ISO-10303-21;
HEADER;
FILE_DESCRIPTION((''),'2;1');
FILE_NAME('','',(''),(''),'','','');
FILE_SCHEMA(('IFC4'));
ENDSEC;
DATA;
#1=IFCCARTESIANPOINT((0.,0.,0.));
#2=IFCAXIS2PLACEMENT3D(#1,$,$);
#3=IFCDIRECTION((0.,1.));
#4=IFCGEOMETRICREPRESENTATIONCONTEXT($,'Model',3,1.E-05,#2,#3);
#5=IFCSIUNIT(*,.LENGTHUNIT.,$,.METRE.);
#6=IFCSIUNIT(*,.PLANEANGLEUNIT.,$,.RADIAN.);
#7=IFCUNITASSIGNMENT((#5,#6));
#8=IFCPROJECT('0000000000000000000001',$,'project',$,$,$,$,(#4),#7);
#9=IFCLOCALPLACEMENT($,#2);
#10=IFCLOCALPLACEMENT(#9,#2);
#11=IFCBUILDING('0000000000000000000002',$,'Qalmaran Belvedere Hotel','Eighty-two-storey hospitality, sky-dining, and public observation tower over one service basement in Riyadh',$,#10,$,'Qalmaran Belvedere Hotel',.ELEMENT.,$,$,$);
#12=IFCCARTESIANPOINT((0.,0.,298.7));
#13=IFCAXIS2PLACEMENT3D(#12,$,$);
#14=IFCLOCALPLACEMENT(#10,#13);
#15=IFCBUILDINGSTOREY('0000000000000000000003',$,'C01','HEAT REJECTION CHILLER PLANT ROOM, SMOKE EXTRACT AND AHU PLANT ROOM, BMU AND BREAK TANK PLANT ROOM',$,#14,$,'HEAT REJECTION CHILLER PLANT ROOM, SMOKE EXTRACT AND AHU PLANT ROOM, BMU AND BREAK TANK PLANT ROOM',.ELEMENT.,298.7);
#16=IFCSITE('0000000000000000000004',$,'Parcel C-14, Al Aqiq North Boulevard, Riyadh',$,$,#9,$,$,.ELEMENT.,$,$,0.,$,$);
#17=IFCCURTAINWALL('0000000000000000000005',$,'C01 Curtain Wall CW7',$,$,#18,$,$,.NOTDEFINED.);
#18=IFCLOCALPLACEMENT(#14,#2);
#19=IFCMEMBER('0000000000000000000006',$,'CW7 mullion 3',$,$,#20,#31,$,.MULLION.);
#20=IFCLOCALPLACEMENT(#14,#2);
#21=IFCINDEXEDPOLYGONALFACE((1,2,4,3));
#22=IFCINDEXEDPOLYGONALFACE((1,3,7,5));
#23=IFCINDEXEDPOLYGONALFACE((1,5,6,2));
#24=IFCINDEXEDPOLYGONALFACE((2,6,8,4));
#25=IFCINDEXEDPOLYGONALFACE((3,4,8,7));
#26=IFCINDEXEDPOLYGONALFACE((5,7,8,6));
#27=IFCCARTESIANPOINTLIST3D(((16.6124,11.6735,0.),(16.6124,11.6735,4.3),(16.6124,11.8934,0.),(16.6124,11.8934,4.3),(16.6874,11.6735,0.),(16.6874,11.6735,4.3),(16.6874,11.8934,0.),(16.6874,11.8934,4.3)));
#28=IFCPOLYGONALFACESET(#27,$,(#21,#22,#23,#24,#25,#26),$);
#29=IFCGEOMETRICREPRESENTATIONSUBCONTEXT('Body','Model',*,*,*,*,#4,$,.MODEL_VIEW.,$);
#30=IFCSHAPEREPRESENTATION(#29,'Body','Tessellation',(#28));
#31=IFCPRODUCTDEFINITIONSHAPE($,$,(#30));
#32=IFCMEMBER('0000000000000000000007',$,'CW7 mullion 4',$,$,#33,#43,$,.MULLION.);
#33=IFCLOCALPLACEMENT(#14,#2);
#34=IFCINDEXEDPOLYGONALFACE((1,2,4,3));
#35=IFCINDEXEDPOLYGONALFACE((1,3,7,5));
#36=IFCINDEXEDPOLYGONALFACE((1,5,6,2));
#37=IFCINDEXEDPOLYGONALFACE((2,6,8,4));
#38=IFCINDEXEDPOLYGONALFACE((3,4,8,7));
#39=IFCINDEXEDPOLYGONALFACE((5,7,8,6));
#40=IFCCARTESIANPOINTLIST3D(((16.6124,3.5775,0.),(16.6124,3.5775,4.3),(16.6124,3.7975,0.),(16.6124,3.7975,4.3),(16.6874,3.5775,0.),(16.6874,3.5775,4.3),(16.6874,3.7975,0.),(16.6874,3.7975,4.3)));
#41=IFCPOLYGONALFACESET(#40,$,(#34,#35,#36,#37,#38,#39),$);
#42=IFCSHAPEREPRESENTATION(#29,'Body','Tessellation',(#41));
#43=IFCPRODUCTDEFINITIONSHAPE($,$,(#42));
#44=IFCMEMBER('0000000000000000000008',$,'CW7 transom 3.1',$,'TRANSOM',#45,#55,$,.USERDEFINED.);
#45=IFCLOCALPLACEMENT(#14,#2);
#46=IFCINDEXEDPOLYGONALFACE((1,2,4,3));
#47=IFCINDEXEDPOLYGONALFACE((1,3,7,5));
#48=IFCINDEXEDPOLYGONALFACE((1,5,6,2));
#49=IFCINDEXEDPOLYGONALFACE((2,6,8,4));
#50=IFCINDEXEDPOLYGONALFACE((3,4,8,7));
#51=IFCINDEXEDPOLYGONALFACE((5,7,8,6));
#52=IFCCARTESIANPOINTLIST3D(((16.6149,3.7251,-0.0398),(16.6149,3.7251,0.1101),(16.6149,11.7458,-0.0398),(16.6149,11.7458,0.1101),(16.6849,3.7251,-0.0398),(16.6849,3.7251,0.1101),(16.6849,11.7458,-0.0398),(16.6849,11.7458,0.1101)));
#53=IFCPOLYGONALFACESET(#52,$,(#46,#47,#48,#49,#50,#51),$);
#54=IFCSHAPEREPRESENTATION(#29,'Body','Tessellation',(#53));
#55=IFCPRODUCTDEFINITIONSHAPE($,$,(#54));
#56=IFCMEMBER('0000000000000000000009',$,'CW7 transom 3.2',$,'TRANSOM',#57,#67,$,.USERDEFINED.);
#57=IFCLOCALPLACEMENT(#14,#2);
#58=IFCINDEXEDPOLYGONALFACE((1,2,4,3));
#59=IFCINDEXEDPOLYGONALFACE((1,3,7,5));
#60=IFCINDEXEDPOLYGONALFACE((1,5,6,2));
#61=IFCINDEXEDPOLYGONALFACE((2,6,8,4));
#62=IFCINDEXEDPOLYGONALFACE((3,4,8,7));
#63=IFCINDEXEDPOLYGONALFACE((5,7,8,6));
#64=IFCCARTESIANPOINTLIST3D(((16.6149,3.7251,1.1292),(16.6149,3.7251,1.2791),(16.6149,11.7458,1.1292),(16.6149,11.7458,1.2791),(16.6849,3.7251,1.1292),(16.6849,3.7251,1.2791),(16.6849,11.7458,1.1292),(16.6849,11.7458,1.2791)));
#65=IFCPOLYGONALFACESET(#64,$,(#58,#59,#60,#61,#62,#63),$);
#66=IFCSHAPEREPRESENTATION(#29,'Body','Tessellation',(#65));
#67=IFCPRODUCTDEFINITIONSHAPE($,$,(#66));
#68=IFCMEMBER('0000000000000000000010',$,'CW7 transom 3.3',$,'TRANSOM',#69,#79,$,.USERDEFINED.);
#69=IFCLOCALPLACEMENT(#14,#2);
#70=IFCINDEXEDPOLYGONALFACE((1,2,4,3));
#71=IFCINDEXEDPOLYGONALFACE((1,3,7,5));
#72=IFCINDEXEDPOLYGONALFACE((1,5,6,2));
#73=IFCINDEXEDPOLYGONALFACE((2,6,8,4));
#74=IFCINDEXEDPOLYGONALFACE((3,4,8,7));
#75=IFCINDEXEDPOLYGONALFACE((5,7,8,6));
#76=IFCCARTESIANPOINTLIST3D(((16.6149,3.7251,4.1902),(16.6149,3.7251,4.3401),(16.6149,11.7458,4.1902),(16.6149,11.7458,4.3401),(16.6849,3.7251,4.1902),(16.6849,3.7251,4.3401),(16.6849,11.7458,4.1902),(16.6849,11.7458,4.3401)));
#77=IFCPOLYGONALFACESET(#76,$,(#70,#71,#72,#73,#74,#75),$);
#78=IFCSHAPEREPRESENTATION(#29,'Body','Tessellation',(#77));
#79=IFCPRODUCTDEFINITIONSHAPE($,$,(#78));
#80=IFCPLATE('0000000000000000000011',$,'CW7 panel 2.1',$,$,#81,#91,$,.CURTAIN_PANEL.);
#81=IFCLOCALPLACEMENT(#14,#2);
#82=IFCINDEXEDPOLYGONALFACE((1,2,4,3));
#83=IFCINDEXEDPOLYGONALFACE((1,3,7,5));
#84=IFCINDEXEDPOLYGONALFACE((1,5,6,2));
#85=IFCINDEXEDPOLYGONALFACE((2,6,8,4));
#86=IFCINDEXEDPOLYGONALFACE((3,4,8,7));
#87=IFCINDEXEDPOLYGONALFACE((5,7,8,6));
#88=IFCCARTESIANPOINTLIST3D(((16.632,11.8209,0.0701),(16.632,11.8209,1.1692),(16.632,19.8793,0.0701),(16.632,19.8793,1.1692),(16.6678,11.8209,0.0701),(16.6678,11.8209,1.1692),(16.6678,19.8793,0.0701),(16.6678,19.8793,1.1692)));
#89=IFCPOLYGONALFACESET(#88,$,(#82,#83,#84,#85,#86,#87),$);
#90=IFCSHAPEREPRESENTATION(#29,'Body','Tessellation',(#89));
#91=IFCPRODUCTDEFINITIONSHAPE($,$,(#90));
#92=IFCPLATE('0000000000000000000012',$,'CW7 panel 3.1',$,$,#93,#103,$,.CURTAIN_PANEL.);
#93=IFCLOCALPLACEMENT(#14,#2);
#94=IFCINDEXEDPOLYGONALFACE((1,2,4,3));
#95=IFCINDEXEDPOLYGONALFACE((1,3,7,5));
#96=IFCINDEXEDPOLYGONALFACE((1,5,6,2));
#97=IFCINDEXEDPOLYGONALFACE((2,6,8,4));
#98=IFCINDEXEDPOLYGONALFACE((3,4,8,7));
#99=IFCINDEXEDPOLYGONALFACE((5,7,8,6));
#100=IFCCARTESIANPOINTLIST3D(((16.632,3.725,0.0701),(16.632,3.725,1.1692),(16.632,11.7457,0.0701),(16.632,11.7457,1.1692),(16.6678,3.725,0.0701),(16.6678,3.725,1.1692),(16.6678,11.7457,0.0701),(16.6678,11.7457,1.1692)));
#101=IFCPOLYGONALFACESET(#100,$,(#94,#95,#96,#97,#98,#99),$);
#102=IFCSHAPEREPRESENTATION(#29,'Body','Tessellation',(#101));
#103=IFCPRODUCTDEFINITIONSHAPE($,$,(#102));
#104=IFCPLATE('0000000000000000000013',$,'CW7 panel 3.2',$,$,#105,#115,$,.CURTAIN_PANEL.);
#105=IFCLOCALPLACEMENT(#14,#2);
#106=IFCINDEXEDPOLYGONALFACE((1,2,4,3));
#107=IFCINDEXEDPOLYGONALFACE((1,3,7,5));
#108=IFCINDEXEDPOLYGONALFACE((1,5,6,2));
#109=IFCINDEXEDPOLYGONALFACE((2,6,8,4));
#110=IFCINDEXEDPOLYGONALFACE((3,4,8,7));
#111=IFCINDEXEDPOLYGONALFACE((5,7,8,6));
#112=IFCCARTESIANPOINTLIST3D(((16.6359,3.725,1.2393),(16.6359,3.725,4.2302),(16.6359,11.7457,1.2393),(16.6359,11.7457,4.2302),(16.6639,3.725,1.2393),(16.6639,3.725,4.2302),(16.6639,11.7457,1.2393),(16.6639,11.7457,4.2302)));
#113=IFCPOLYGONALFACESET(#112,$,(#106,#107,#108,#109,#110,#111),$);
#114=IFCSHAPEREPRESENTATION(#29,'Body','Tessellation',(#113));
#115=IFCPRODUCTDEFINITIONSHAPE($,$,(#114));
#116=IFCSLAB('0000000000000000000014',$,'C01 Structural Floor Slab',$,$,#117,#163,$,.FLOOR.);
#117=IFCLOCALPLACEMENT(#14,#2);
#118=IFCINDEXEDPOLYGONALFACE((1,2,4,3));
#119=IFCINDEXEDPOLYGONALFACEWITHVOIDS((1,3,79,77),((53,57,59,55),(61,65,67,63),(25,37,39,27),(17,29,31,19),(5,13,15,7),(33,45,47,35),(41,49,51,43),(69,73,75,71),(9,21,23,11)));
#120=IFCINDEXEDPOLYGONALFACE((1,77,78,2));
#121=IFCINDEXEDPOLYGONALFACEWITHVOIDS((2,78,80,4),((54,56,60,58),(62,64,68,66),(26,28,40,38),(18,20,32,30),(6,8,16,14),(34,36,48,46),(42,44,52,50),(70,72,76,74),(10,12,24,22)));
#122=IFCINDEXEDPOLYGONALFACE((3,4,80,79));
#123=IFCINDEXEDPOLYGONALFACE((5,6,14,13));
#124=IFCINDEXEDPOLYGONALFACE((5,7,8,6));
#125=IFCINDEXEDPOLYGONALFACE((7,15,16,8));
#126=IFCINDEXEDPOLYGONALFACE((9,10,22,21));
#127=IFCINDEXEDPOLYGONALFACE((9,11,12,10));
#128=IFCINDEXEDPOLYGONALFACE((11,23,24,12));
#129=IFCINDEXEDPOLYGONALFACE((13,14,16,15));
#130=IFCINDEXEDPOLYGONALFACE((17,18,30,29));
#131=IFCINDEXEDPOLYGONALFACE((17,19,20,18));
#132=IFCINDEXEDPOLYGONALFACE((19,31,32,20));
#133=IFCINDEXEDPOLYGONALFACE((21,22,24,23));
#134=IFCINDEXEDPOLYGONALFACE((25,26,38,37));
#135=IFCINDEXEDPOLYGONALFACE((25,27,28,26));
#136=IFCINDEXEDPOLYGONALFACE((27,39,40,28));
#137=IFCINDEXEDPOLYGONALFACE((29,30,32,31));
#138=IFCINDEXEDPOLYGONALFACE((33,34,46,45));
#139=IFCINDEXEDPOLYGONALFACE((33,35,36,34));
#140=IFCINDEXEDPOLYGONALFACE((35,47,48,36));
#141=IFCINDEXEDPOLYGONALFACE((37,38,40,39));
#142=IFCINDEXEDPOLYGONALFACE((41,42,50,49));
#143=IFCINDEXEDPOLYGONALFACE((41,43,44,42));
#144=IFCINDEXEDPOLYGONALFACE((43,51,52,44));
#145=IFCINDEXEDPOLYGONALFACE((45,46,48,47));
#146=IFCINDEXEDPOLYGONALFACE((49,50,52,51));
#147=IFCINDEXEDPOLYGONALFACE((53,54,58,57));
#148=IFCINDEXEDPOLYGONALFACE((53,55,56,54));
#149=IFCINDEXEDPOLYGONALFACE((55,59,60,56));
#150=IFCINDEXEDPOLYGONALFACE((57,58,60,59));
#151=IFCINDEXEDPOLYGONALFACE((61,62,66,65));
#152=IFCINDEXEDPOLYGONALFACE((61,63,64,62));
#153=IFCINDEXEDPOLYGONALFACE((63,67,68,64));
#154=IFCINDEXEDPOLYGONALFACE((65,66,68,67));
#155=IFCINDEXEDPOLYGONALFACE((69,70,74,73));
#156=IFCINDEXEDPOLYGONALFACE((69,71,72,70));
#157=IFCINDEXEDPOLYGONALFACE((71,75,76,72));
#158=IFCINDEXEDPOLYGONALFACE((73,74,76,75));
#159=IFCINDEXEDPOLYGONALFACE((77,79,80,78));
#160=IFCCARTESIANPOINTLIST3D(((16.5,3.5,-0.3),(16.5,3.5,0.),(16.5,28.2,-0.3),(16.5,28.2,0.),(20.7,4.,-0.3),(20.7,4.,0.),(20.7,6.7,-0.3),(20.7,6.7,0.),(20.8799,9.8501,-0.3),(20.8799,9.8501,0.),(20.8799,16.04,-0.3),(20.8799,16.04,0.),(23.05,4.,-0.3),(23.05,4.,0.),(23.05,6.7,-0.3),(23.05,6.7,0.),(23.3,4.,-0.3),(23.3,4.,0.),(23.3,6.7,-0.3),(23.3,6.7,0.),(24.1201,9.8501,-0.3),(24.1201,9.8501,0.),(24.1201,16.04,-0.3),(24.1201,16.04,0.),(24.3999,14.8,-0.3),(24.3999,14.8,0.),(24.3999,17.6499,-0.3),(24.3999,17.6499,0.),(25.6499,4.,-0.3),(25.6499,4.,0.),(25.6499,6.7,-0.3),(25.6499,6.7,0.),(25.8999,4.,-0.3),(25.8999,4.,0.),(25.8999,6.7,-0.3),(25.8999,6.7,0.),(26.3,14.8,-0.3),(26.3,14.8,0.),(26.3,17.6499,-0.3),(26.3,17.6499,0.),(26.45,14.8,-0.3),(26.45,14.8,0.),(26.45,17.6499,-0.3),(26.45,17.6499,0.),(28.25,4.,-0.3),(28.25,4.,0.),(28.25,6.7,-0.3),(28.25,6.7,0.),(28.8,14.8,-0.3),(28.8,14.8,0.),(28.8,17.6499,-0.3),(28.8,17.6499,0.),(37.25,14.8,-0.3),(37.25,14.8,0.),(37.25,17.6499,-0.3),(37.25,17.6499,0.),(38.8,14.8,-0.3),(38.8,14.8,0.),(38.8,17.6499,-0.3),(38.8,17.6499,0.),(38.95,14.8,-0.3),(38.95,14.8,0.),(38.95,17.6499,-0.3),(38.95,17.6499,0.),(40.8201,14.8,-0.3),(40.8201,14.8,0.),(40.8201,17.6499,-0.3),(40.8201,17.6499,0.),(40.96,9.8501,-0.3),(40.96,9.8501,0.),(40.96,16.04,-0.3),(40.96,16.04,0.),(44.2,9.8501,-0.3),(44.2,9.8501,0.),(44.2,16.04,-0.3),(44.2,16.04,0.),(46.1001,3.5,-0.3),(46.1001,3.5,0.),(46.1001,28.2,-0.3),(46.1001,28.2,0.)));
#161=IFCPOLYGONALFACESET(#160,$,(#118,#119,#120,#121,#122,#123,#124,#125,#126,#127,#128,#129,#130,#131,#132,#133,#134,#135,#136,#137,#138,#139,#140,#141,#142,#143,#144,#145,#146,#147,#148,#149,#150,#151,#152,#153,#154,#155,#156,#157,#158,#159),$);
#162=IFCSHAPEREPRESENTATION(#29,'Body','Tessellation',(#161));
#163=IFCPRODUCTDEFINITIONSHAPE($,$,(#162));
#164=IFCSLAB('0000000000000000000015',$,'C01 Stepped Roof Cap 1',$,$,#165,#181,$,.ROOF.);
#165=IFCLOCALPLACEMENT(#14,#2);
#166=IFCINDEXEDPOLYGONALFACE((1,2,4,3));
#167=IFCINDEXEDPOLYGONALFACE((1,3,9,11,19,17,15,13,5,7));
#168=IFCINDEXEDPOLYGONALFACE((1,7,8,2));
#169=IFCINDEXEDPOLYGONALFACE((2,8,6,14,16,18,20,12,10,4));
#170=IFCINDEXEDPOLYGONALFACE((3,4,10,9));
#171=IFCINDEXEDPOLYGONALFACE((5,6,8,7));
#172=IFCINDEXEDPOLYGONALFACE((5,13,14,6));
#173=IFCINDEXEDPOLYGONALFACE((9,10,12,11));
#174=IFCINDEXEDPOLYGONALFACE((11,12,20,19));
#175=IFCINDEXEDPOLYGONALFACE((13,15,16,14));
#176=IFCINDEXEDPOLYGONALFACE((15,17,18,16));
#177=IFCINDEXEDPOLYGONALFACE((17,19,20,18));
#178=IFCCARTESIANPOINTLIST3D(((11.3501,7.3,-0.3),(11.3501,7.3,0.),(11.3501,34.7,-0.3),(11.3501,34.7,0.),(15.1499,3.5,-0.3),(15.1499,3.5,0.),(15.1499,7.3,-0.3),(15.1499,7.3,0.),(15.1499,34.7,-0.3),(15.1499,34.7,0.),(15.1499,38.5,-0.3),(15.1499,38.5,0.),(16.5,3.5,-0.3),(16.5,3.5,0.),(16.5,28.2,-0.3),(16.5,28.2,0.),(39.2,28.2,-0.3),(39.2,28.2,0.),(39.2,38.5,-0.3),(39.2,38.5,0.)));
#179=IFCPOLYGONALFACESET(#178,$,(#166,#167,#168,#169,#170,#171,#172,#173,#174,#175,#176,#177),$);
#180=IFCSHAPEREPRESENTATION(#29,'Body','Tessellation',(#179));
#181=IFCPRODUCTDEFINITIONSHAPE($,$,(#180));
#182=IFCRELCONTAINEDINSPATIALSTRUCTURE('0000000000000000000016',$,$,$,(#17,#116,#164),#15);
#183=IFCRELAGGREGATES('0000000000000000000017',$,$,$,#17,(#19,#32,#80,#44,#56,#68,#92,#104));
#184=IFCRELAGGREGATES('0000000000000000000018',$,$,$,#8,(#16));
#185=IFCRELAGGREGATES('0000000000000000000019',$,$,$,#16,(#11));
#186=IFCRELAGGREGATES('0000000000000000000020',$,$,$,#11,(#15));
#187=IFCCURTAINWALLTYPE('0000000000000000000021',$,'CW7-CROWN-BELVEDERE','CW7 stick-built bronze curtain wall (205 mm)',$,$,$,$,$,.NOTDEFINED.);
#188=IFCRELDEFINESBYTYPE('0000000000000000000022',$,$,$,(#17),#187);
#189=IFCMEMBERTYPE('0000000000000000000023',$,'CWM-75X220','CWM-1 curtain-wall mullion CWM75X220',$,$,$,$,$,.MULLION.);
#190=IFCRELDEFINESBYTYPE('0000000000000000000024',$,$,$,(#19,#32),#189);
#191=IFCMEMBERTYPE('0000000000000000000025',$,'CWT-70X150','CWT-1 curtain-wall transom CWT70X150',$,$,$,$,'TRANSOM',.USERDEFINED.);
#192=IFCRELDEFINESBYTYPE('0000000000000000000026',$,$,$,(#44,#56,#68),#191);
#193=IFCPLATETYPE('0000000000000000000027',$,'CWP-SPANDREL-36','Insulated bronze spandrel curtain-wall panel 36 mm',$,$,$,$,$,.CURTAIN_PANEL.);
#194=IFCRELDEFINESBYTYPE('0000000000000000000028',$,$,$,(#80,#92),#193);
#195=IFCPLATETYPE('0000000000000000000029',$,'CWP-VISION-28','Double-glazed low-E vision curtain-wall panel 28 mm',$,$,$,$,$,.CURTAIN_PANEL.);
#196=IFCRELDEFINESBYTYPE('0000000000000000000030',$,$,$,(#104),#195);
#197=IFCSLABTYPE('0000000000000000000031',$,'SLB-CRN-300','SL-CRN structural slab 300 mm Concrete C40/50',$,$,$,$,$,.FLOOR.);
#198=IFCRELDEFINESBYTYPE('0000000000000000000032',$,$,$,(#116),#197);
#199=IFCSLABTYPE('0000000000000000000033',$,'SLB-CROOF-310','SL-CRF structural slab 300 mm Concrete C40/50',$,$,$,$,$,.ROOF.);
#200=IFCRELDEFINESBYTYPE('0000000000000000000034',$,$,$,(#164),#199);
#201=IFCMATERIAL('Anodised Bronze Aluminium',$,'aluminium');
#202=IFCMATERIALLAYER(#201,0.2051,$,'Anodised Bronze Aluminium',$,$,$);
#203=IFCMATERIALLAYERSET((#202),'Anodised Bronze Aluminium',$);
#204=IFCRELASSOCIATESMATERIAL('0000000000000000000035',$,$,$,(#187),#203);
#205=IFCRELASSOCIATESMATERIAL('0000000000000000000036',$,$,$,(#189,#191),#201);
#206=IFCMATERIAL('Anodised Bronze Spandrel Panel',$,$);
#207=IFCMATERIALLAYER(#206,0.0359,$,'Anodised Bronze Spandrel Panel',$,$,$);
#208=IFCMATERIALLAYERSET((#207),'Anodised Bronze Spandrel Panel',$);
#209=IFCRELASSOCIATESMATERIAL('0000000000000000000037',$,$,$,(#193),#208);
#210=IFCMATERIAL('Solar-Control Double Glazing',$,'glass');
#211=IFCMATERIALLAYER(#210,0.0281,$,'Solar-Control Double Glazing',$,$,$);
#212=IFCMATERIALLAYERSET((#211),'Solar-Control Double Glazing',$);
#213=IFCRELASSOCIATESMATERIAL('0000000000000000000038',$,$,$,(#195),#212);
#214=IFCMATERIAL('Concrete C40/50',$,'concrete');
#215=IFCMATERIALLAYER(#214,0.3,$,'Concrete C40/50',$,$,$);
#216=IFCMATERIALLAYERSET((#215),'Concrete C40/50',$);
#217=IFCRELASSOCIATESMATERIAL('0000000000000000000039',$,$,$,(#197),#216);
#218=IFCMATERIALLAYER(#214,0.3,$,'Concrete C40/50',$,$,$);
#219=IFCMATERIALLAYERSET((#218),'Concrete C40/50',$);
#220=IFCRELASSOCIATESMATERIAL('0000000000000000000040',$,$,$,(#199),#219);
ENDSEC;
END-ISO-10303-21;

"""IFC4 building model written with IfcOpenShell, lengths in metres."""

from ifc_helpers import new_model, si_unit, direction, frame, origin, origin_2d, place, context, subcontext, project, spatial, polyline, rectangle, outline, extrude, material, layer, layer_set, material_profile, profile_set, type_object, element, aggregate, save


model = new_model("IFC4")

# Units and contexts
model_context = context("Model", 3, precision=1e-05, world=origin(), true_north=direction((0.0, 1.0)))
body_context = subcontext(model_context, "Body", "Model", "MODEL_VIEW")
ifc_project = project(units=[si_unit("LENGTHUNIT", "METRE"), si_unit("PLANEANGLEUNIT", "RADIAN")], contexts=[model_context])

# Site, building, storey
site_placement = place(None, origin())
site = spatial("IfcSite", under=ifc_project, at=site_placement, Name="Parcel C-14, Al Aqiq North Boulevard, Riyadh", CompositionType="ELEMENT", RefElevation=0.0)
building_placement = place(site_placement, origin())
building = spatial("IfcBuilding", under=site, at=building_placement, Name="Qalmaran Belvedere Hotel", Description="Eighty-two-storey hospitality, sky-dining, and public observation tower over one service basement in Riyadh", LongName="Qalmaran Belvedere Hotel", CompositionType="ELEMENT")
storey_placement = place(building_placement, frame((0.0, 0.0, 298.7)))
storey = spatial("IfcBuildingStorey", under=building, at=storey_placement, Name="C01", Description="HEAT REJECTION CHILLER PLANT ROOM, SMOKE EXTRACT AND AHU PLANT ROOM, BMU AND BREAK TANK PLANT ROOM", LongName="HEAT REJECTION CHILLER PLANT ROOM, SMOKE EXTRACT AND AHU PLANT ROOM, BMU AND BREAK TANK PLANT ROOM", CompositionType="ELEMENT", Elevation=298.7)

# Curtain wall, members, plates
ifc_material_1 = material(Name="Anodised Bronze Aluminium", Category="aluminium")
ifc_layer_1 = layer(ifc_material_1, 0.2051, Name="Anodised Bronze Aluminium")
ifc_layer_set_1 = layer_set([ifc_layer_1], Name="Anodised Bronze Aluminium")
curtain_wall_type = type_object("IfcCurtainWallType", Name="CW7-CROWN-BELVEDERE", Description="CW7 stick-built bronze curtain wall (205 mm)", PredefinedType="NOTDEFINED", material=ifc_layer_set_1)
curtain_wall_placement = place(storey_placement, origin())
curtain_wall = element("IfcCurtainWall", 1, at=curtain_wall_placement, inside=storey, type_object=curtain_wall_type, Name="C01 Curtain Wall CW7", PredefinedType="NOTDEFINED")
ifc_material_profile_1 = material_profile(ifc_material_1, rectangle(XDim=0.075, YDim=0.22, at=origin_2d()), Name="CWM75X220")
ifc_profile_set_1 = profile_set([ifc_material_profile_1], Name="Anodised Bronze Aluminium")
member_type_1 = type_object("IfcMemberType", Name="CWM-75X220", Description="CWM-1 curtain-wall mullion CWM75X220", PredefinedType="MULLION", material=ifc_profile_set_1)
member_1_placement = place(storey_placement, frame((16.6499, 11.7834, 0.0), z_axis=(0.0, 0.0, 1.0), x_axis=(1.0, 0.0, 0.0)))
member_1 = element("IfcMember", 2, at=member_1_placement, type_object=member_type_1, Name="CW7 mullion 3", PredefinedType="MULLION", context=body_context, shape_type="SweptSolid", body=[
    extrude(rectangle(XDim=0.075, YDim=0.22, at=origin_2d()), origin(), (0.0, 0.0, 1.0), 4.3),
])
member_2_placement = place(storey_placement, frame((16.6499, 3.6875, 0.0), z_axis=(0.0, 0.0, 1.0), x_axis=(1.0, 0.0, 0.0)))
member_2 = element("IfcMember", 3, at=member_2_placement, type_object=member_type_1, Name="CW7 mullion 4", PredefinedType="MULLION", context=body_context, shape_type="SweptSolid", body=[
    extrude(rectangle(XDim=0.075, YDim=0.22, at=origin_2d()), origin(), (0.0, 0.0, 1.0), 4.3),
])
ifc_material_profile_2 = material_profile(ifc_material_1, rectangle(XDim=0.0701, YDim=0.1499, at=origin_2d()), Name="CWT70X150")
ifc_profile_set_2 = profile_set([ifc_material_profile_2], Name="Anodised Bronze Aluminium")
member_type_2 = type_object("IfcMemberType", Name="CWT-70X150", Description="CWT-1 curtain-wall transom CWT70X150", ElementType="TRANSOM", PredefinedType="USERDEFINED", material=ifc_profile_set_2)
member_3_placement = place(storey_placement, frame((16.6499, 11.7458, 0.0352), z_axis=(0.0, -1.0, 0.0), x_axis=(1.0, 0.0, 0.0)))
member_3 = element("IfcMember", 4, at=member_3_placement, type_object=member_type_2, Name="CW7 transom 3.1", ObjectType="TRANSOM", PredefinedType="USERDEFINED", context=body_context, shape_type="SweptSolid", body=[
    extrude(rectangle(XDim=0.0701, YDim=0.1499, at=origin_2d()), origin(), (0.0, 0.0, 1.0), 8.0208),
])
member_4_placement = place(storey_placement, frame((16.6499, 11.7458, 1.2041), z_axis=(0.0, -1.0, 0.0), x_axis=(1.0, 0.0, 0.0)))
member_4 = element("IfcMember", 5, at=member_4_placement, type_object=member_type_2, Name="CW7 transom 3.2", ObjectType="TRANSOM", PredefinedType="USERDEFINED", context=body_context, shape_type="SweptSolid", body=[
    extrude(rectangle(XDim=0.0701, YDim=0.1499, at=origin_2d()), origin(), (0.0, 0.0, 1.0), 8.0208),
])
member_5_placement = place(storey_placement, frame((16.6499, 11.7458, 4.2651), z_axis=(0.0, -1.0, 0.0), x_axis=(1.0, 0.0, 0.0)))
member_5 = element("IfcMember", 6, at=member_5_placement, type_object=member_type_2, Name="CW7 transom 3.3", ObjectType="TRANSOM", PredefinedType="USERDEFINED", context=body_context, shape_type="SweptSolid", body=[
    extrude(rectangle(XDim=0.0701, YDim=0.1499, at=origin_2d()), origin(), (0.0, 0.0, 1.0), 8.0208),
])
ifc_material_2 = material(Name="Anodised Bronze Spandrel Panel")
ifc_layer_2 = layer(ifc_material_2, 0.0359, Name="Anodised Bronze Spandrel Panel")
ifc_layer_set_2 = layer_set([ifc_layer_2], Name="Anodised Bronze Spandrel Panel")
plate_type_1 = type_object("IfcPlateType", Name="CWP-SPANDREL-36", Description="Insulated bronze spandrel curtain-wall panel 36 mm", PredefinedType="CURTAIN_PANEL", material=ifc_layer_set_2)
plate_1_placement = place(storey_placement, frame((16.6499, 15.8501, 0.0701), z_axis=(0.0, 0.0, 1.0), x_axis=(0.0, -1.0, 0.0)))
plate_1 = element("IfcPlate", 7, at=plate_1_placement, type_object=plate_type_1, Name="CW7 panel 2.1", PredefinedType="CURTAIN_PANEL", context=body_context, shape_type="SweptSolid", body=[
    extrude(rectangle(XDim=8.0583, YDim=0.0359, at=origin_2d()), origin(), (0.0, 0.0, 1.0), 1.0991),
])
plate_2_placement = place(storey_placement, frame((16.6499, 7.7354, 0.0701), z_axis=(0.0, 0.0, 1.0), x_axis=(0.0, -1.0, 0.0)))
plate_2 = element("IfcPlate", 8, at=plate_2_placement, type_object=plate_type_1, Name="CW7 panel 3.1", PredefinedType="CURTAIN_PANEL", context=body_context, shape_type="SweptSolid", body=[
    extrude(rectangle(XDim=8.0208, YDim=0.0359, at=origin_2d()), origin(), (0.0, 0.0, 1.0), 1.0991),
])
ifc_material_3 = material(Name="Solar-Control Double Glazing", Category="glass")
ifc_layer_3 = layer(ifc_material_3, 0.0281, Name="Solar-Control Double Glazing")
ifc_layer_set_3 = layer_set([ifc_layer_3], Name="Solar-Control Double Glazing")
plate_type_2 = type_object("IfcPlateType", Name="CWP-VISION-28", Description="Double-glazed low-E vision curtain-wall panel 28 mm", PredefinedType="CURTAIN_PANEL", material=ifc_layer_set_3)
plate_3_placement = place(storey_placement, frame((16.6499, 7.7354, 1.2393), z_axis=(0.0, 0.0, 1.0), x_axis=(0.0, -1.0, 0.0)))
plate_3 = element("IfcPlate", 9, at=plate_3_placement, type_object=plate_type_2, Name="CW7 panel 3.2", PredefinedType="CURTAIN_PANEL", context=body_context, shape_type="SweptSolid", body=[
    extrude(rectangle(XDim=8.0208, YDim=0.0281, at=origin_2d()), origin(), (0.0, 0.0, 1.0), 2.991),
])
aggregate(curtain_wall, [member_1, member_2, plate_1, member_3, member_4, member_5, plate_2, plate_3])

# Slabs
ifc_material_4 = material(Name="Concrete C40/50", Category="concrete")
ifc_layer_4 = layer(ifc_material_4, 0.3, Name="Concrete C40/50")
ifc_layer_set_4 = layer_set([ifc_layer_4], Name="Concrete C40/50")
slab_type_1 = type_object("IfcSlabType", Name="SLB-CRN-300", Description="SL-CRN structural slab 300 mm Concrete C40/50", PredefinedType="FLOOR", material=ifc_layer_set_4)
slab_1_placement = place(storey_placement, frame((0.0, 0.0, -0.3)))
element("IfcSlab", 10, at=slab_1_placement, inside=storey, type_object=slab_type_1, Name="C01 Structural Floor Slab", PredefinedType="FLOOR", context=body_context, shape_type="SweptSolid", body=[
    extrude(outline(polyline([(16.5, 3.5), (46.1001, 3.5), (46.1001, 28.2), (16.5, 28.2), (16.5, 3.5)]), holes=[polyline([(20.8799, 9.8501), (24.1201, 9.8501), (24.1201, 16.04), (20.8799, 16.04), (20.8799, 9.8501)]), polyline([(40.96, 9.8501), (44.2, 9.8501), (44.2, 16.04), (40.96, 16.04), (40.96, 9.8501)]), polyline([(20.7, 4.0), (23.05, 4.0), (23.05, 6.7), (20.7, 6.7), (20.7, 4.0)]), polyline([(23.3, 4.0), (25.6499, 4.0), (25.6499, 6.7), (23.3, 6.7), (23.3, 4.0)]), polyline([(25.8999, 4.0), (28.25, 4.0), (28.25, 6.7), (25.8999, 6.7), (25.8999, 4.0)]), polyline([(24.3999, 14.8), (26.3, 14.8), (26.3, 17.6499), (24.3999, 17.6499), (24.3999, 14.8)]), polyline([(38.95, 14.8), (40.8201, 14.8), (40.8201, 17.6499), (38.95, 17.6499), (38.95, 14.8)]), polyline([(26.45, 14.8), (28.8, 14.8), (28.8, 17.6499), (26.45, 17.6499), (26.45, 14.8)]), polyline([(37.25, 14.8), (38.8, 14.8), (38.8, 17.6499), (37.25, 17.6499), (37.25, 14.8)])]), origin(), (0.0, 0.0, 1.0), 0.3),
])
ifc_layer_5 = layer(ifc_material_4, 0.3, Name="Concrete C40/50")
ifc_layer_set_5 = layer_set([ifc_layer_5], Name="Concrete C40/50")
slab_type_2 = type_object("IfcSlabType", Name="SLB-CROOF-310", Description="SL-CRF structural slab 300 mm Concrete C40/50", PredefinedType="ROOF", material=ifc_layer_set_5)
slab_2_placement = place(storey_placement, frame((0.0, 0.0, -0.3)))
element("IfcSlab", 11, at=slab_2_placement, inside=storey, type_object=slab_type_2, Name="C01 Stepped Roof Cap 1", PredefinedType="ROOF", context=body_context, shape_type="SweptSolid", body=[
    extrude(outline(polyline([(15.1499, 3.5), (15.1499, 7.3), (11.3501, 7.3), (11.3501, 34.7), (15.1499, 34.7), (15.1499, 38.5), (39.2, 38.5), (39.2, 28.2), (16.5, 28.2), (16.5, 3.5), (15.1499, 3.5)])), origin(), (0.0, 0.0, 1.0), 0.3),
])

save(model, "model.ifc")
